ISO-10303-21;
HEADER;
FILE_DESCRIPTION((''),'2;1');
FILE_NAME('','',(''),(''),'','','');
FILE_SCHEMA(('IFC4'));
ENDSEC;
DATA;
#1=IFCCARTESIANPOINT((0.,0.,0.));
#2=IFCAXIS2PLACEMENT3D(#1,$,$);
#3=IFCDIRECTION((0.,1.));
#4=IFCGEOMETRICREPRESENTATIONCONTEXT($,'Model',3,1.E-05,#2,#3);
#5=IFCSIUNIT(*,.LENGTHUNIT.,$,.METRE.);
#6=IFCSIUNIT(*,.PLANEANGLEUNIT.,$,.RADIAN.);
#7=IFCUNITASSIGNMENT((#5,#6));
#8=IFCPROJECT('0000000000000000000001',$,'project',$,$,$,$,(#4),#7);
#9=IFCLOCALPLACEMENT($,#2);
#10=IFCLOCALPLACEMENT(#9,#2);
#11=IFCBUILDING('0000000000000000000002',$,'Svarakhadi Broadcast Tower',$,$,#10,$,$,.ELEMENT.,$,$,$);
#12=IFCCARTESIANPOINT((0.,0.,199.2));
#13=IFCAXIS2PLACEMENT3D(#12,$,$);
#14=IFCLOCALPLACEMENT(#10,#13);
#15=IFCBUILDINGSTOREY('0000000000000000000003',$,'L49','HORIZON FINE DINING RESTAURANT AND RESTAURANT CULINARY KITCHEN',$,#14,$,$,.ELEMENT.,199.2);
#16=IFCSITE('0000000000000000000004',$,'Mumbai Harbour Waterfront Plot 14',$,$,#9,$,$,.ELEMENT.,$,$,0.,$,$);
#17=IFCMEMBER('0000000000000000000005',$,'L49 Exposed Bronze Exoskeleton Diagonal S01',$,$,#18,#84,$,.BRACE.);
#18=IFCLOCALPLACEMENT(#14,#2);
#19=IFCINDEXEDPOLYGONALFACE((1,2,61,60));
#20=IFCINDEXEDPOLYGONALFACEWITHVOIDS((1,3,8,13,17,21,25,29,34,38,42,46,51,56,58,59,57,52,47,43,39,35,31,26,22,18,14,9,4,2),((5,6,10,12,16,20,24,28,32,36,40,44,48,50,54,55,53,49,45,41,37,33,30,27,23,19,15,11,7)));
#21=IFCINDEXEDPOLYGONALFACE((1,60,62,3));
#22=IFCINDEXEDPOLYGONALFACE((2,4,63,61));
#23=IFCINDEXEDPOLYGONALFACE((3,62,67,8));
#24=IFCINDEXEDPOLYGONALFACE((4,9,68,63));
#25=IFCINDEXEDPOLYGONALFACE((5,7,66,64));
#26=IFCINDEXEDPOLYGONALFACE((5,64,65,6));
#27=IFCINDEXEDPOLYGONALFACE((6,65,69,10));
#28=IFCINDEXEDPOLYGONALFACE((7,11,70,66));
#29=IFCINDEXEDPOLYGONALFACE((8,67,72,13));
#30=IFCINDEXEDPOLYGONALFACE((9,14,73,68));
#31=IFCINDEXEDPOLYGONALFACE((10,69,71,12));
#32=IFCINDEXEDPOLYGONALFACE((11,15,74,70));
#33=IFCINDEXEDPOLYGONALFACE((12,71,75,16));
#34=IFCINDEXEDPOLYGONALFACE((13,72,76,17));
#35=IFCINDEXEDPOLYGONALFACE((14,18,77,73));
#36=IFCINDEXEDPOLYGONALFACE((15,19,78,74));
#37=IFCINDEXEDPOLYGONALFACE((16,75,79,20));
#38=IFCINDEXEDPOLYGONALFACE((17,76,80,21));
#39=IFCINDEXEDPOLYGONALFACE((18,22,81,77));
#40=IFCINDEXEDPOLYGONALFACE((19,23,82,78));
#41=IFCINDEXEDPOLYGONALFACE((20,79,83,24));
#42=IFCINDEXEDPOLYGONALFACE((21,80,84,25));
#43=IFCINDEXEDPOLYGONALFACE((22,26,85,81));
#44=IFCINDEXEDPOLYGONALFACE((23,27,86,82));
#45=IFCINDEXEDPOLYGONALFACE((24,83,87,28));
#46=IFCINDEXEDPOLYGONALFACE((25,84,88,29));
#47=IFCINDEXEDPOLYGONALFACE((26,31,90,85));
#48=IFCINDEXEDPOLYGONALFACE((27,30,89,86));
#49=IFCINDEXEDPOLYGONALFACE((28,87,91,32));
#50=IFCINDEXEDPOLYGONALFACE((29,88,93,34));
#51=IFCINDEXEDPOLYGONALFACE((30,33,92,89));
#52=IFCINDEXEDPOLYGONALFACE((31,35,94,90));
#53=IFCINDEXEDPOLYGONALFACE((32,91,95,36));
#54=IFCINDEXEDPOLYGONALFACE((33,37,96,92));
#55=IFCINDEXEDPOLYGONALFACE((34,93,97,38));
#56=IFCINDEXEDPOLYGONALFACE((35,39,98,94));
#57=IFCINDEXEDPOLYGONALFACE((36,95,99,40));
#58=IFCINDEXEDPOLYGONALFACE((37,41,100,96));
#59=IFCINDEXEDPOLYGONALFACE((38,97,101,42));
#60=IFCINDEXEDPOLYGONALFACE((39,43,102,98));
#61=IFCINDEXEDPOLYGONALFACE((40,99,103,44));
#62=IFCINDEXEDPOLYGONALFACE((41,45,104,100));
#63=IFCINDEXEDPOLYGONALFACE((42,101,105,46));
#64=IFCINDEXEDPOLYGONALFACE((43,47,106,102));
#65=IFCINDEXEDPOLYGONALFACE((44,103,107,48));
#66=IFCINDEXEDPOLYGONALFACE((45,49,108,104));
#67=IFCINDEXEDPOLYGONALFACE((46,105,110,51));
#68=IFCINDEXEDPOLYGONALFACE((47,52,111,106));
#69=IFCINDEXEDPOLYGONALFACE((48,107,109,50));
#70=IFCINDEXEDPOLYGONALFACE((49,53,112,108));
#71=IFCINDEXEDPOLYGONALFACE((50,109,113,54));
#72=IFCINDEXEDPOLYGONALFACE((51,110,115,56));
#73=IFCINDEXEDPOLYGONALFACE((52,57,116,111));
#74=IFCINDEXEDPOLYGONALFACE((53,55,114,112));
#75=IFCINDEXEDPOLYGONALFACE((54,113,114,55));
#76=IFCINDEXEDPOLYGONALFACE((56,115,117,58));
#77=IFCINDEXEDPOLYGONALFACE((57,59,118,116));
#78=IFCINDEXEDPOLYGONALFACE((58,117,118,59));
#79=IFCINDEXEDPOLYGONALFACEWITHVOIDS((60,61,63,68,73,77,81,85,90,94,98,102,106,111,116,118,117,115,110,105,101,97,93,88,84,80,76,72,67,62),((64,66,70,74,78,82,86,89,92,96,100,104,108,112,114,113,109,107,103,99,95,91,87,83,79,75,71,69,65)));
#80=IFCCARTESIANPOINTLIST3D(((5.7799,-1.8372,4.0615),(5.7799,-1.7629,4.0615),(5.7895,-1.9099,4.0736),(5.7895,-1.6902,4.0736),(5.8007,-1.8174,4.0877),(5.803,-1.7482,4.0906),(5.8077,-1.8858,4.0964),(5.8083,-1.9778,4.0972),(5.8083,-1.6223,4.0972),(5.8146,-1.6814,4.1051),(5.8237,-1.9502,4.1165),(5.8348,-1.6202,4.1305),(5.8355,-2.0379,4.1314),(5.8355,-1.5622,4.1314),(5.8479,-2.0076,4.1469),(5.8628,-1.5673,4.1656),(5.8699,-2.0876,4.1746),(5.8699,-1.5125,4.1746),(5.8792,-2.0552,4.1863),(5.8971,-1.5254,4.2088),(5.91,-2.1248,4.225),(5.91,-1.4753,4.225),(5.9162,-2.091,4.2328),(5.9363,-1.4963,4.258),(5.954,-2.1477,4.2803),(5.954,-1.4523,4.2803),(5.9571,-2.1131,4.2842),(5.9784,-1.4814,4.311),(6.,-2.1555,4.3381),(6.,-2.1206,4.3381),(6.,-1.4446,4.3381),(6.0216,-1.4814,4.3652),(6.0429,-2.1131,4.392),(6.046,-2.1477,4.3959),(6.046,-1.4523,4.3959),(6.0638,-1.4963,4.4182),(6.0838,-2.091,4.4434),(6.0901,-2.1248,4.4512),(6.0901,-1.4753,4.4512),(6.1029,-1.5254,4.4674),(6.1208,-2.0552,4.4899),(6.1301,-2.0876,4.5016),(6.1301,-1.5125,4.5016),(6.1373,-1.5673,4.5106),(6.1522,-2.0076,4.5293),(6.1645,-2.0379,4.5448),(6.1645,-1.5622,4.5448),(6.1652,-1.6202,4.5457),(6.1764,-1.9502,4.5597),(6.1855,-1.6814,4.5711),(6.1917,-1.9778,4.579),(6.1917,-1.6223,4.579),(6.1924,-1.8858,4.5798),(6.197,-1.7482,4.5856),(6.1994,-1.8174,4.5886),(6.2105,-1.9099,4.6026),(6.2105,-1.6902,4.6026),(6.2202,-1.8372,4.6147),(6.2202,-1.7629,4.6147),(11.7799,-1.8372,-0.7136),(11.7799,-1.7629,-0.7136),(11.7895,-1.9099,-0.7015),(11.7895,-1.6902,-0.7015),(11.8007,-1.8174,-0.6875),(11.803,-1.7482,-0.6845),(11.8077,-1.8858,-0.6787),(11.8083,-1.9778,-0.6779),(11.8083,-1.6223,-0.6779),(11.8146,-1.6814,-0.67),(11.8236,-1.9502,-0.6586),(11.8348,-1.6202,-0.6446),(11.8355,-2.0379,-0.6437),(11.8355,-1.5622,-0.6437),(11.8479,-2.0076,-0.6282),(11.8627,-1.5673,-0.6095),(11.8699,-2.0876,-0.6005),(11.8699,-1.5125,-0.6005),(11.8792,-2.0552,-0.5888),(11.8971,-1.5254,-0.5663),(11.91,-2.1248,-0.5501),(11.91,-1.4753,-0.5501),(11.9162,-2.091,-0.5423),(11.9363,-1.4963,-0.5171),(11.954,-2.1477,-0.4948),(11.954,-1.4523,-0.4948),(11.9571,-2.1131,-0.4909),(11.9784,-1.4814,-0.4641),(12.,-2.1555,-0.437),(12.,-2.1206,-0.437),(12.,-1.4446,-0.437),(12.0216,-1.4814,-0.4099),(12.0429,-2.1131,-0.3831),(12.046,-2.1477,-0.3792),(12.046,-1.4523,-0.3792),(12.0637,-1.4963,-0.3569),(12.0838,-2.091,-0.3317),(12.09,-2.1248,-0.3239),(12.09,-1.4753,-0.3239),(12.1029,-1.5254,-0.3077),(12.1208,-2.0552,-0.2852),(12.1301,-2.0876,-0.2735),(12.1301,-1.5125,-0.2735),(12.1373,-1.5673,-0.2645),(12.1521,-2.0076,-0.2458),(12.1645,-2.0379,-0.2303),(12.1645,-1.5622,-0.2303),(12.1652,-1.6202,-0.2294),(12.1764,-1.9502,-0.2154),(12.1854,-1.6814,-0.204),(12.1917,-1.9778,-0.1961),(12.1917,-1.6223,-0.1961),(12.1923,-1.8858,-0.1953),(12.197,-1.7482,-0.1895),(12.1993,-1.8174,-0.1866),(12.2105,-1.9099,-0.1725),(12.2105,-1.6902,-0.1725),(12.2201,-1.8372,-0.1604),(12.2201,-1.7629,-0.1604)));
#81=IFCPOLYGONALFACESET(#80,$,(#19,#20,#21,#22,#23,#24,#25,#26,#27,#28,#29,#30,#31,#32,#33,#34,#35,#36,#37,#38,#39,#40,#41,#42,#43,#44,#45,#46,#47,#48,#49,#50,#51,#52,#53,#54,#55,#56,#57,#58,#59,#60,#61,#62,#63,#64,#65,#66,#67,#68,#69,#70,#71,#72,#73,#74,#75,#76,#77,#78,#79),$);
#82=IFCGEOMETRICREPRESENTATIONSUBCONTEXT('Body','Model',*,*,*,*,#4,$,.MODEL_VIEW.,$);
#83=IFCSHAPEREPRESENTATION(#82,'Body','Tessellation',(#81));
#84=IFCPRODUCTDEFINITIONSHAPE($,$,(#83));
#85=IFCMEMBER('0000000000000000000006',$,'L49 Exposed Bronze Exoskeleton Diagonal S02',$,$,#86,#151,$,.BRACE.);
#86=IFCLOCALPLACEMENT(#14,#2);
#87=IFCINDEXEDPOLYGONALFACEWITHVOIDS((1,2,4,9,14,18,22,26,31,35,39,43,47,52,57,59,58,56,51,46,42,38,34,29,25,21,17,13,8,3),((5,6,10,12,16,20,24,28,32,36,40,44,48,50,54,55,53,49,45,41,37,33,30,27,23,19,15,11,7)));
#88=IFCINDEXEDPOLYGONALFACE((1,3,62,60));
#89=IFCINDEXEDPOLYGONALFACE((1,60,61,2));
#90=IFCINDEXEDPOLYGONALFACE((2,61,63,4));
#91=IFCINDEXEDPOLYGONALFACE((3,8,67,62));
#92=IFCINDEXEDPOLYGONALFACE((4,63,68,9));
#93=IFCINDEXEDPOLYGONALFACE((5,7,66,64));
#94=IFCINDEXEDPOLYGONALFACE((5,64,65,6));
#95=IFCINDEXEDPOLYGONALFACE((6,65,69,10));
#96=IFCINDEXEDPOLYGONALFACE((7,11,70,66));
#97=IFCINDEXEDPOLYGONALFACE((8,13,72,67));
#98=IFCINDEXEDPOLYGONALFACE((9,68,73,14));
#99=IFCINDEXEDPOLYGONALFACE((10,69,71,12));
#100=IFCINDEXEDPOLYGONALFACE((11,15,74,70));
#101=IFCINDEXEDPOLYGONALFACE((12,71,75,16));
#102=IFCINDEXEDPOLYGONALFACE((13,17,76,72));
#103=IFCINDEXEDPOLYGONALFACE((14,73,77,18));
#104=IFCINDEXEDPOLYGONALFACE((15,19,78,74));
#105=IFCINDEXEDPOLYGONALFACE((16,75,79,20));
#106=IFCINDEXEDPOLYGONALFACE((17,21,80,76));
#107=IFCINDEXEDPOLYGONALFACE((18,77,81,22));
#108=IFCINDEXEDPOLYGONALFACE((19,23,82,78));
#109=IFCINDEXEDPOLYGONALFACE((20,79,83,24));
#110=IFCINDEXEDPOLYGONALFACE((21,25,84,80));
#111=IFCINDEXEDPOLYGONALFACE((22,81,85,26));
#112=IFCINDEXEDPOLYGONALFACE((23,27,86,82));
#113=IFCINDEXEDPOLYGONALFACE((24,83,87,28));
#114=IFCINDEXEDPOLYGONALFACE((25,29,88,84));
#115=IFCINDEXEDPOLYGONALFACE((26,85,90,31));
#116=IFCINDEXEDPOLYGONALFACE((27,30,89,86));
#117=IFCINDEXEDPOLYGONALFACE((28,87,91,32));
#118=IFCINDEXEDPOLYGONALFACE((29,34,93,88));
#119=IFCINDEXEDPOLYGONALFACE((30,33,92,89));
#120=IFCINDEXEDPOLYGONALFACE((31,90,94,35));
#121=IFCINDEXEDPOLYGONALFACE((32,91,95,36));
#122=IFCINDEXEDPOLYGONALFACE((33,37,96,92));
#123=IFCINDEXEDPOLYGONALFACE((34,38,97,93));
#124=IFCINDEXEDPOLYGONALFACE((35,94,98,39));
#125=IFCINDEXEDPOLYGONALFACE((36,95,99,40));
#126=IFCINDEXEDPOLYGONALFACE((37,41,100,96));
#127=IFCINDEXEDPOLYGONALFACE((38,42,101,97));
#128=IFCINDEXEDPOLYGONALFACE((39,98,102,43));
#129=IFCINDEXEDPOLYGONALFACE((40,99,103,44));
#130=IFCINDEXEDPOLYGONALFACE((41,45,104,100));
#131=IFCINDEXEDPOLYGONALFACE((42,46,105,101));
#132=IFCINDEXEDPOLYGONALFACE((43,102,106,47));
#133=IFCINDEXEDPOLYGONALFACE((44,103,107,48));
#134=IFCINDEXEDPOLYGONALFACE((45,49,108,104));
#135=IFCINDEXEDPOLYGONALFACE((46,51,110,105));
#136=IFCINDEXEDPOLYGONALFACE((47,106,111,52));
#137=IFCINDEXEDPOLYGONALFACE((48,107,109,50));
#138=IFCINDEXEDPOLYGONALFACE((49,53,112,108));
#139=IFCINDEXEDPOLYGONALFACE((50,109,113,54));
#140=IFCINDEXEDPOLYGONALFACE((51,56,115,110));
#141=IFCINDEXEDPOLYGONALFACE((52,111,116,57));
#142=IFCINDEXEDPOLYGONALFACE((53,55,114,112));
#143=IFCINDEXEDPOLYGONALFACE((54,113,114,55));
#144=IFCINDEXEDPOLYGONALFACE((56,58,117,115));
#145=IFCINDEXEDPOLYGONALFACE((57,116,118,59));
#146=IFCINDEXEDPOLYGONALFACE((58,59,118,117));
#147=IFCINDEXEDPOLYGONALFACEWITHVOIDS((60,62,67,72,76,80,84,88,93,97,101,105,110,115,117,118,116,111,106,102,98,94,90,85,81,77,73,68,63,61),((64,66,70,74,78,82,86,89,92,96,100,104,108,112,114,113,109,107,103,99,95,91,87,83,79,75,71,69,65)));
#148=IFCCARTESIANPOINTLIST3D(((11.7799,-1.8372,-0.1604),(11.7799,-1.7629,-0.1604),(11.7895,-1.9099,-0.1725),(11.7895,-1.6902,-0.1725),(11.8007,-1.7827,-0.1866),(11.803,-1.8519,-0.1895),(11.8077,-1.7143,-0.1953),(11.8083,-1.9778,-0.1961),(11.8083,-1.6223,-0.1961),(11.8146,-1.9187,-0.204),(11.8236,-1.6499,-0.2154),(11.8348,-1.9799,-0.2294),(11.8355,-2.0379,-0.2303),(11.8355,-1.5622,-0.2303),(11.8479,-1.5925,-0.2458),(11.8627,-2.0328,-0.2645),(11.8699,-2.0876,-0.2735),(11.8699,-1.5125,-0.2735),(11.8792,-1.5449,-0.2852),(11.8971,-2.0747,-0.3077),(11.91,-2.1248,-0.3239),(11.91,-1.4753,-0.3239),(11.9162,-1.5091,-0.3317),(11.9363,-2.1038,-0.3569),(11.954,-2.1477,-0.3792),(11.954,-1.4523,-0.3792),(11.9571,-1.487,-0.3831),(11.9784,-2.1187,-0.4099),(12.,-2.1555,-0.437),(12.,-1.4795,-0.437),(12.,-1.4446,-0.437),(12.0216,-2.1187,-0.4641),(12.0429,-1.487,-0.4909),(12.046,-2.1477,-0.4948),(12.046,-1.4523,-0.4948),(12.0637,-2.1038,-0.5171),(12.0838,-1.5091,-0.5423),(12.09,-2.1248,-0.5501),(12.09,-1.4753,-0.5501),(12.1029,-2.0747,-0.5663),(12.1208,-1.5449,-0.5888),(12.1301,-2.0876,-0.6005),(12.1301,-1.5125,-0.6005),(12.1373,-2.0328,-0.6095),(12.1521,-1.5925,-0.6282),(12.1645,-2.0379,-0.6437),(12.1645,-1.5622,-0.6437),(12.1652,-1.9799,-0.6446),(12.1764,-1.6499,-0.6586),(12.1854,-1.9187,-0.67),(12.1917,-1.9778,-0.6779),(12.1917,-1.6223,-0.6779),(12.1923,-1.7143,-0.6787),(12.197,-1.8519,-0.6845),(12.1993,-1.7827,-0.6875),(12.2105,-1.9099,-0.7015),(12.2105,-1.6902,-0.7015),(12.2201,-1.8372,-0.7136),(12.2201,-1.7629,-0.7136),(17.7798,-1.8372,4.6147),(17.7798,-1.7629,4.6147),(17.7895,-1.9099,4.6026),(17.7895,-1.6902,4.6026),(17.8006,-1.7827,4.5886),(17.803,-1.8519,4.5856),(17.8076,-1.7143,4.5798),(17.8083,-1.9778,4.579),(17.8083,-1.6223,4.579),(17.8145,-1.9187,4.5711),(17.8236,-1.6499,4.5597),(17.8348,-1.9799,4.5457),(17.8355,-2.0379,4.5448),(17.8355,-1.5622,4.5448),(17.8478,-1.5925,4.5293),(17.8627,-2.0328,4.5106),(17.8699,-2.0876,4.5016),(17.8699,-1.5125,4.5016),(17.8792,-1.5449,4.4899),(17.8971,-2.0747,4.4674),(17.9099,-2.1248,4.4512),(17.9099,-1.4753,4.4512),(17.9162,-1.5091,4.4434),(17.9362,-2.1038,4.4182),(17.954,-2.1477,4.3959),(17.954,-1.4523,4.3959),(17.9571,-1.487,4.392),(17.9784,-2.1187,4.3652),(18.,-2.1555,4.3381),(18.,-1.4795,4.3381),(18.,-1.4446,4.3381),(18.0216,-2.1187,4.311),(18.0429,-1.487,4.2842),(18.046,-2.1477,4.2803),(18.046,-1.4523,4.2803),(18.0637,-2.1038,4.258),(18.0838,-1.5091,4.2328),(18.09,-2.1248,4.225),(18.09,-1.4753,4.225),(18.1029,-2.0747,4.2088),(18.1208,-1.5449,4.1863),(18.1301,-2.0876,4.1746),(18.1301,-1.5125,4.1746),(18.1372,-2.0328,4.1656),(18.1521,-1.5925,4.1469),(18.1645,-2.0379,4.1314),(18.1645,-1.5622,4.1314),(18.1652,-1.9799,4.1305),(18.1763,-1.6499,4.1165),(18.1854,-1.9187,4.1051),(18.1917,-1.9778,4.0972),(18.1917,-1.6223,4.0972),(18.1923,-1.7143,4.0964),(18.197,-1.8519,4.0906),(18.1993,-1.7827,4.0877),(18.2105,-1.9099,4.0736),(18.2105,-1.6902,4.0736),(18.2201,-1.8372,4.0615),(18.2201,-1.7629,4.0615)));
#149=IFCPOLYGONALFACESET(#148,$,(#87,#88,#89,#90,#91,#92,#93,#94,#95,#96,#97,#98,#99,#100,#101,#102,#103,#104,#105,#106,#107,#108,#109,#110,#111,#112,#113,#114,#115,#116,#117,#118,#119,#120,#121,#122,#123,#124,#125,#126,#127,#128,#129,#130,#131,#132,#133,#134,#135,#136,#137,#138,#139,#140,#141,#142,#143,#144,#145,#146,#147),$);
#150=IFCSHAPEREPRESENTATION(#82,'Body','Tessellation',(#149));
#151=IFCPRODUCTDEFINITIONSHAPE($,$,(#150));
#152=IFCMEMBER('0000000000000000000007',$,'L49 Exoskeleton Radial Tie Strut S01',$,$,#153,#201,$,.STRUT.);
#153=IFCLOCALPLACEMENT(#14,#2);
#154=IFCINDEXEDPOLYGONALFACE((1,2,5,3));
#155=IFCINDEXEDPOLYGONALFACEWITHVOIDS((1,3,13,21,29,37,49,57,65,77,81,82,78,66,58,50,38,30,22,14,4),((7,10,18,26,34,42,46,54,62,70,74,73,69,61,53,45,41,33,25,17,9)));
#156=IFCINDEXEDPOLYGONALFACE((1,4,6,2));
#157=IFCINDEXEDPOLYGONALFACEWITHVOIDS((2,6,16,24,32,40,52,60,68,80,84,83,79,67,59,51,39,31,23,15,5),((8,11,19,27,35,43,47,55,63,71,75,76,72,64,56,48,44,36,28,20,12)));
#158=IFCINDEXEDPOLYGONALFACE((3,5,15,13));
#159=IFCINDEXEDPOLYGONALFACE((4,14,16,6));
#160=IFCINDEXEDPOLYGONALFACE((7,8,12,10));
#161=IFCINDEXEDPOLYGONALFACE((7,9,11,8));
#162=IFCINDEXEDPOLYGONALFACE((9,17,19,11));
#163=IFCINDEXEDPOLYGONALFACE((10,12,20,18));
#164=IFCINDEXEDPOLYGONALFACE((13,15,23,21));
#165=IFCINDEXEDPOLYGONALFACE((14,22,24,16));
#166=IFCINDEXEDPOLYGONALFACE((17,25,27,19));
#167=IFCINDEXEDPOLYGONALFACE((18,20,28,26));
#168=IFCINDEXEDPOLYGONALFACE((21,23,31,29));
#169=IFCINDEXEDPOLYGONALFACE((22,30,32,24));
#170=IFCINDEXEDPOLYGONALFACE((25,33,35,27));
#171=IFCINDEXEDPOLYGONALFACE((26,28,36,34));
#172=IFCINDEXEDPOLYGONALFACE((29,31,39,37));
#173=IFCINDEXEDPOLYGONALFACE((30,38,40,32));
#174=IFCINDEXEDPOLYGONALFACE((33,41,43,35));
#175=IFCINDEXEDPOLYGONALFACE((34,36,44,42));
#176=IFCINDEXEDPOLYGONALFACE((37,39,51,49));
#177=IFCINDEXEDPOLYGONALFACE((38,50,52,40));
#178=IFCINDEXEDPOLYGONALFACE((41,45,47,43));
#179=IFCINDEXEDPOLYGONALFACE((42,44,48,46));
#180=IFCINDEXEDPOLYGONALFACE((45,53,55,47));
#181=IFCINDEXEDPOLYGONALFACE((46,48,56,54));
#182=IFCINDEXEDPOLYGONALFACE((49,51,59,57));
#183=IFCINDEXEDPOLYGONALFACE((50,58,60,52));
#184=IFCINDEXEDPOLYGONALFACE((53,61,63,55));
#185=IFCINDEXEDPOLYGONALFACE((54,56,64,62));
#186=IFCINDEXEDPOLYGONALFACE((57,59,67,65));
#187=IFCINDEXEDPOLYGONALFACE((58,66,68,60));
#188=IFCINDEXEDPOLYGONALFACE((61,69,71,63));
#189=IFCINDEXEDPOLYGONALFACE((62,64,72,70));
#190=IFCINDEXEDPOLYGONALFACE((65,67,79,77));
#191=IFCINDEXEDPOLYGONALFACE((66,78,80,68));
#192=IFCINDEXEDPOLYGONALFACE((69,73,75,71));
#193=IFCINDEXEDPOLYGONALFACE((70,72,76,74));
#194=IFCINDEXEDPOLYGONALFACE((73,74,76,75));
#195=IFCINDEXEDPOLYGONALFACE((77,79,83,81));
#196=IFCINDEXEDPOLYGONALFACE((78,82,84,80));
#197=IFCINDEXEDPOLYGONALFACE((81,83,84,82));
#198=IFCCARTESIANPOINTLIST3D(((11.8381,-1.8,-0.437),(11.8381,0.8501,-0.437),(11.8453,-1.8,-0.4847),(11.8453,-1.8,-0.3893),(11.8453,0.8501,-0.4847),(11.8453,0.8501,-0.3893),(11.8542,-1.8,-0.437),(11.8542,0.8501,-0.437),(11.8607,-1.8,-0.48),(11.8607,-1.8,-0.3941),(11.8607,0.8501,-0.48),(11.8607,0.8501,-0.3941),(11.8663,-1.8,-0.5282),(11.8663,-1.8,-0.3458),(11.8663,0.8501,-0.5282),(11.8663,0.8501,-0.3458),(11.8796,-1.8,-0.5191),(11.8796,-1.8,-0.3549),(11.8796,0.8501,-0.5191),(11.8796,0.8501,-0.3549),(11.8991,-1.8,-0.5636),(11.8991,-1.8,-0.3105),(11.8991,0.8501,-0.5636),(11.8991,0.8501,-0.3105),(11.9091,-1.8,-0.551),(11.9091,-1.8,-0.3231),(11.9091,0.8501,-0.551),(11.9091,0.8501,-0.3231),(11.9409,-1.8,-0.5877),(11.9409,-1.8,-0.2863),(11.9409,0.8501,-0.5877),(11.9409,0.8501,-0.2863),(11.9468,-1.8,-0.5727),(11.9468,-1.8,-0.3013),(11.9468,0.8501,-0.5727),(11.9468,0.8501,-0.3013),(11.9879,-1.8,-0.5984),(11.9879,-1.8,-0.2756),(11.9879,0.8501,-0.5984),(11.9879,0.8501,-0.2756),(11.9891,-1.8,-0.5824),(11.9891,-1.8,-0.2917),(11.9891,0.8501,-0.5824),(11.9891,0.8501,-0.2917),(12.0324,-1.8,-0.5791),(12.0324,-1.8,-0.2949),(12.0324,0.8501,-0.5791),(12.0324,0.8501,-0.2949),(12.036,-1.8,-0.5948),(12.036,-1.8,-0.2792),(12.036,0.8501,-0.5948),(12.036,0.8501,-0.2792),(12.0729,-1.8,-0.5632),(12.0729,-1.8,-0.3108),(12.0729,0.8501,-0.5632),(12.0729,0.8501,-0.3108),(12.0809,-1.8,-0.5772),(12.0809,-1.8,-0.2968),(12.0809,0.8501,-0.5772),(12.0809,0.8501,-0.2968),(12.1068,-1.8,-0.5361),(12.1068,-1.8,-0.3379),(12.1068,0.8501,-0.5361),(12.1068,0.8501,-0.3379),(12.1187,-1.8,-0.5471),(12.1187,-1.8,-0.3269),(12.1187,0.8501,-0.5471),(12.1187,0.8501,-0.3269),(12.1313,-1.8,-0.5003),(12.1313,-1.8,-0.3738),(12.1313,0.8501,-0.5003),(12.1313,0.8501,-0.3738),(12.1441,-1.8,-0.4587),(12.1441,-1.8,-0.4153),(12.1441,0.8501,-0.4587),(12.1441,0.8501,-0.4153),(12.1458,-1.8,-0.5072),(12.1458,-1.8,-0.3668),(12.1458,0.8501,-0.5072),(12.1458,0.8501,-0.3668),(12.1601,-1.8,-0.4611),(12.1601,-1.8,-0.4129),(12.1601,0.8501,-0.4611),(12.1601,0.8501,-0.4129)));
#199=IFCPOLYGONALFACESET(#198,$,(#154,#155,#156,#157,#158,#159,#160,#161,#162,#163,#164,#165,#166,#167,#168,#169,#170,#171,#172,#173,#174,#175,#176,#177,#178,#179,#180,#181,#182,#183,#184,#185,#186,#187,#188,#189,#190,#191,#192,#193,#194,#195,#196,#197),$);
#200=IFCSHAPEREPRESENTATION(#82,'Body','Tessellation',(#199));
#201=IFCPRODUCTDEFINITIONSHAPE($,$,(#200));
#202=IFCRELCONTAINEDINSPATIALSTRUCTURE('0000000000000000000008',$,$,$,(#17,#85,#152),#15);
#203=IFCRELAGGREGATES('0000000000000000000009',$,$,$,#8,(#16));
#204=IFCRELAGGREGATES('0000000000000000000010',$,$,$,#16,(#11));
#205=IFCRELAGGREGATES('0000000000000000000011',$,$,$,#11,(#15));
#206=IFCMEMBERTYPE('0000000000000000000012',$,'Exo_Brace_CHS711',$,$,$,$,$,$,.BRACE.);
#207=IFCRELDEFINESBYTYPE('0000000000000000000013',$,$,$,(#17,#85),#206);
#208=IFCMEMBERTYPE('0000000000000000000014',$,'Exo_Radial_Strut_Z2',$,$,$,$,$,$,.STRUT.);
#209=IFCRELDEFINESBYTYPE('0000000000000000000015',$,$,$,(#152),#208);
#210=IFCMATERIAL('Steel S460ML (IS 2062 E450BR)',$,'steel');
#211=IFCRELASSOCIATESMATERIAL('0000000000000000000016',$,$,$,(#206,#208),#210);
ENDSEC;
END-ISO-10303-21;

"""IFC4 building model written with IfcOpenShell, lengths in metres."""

from ifc_helpers import new_model, si_unit, direction, frame, origin, origin_2d, place, context, subcontext, project, spatial, hollow_circle, extrude, material, material_profile, profile_set, type_object, element, save


model = new_model("IFC4")

# Units and contexts
model_context = context("Model", 3, precision=1e-05, world=origin(), true_north=direction((0.0, 1.0)))
body_context = subcontext(model_context, "Body", "Model", "MODEL_VIEW")
ifc_project = project(units=[si_unit("LENGTHUNIT", "METRE"), si_unit("PLANEANGLEUNIT", "RADIAN")], contexts=[model_context])

# Site, building, storey
site_placement = place(None, origin())
site = spatial("IfcSite", under=ifc_project, at=site_placement, Name="Mumbai Harbour Waterfront Plot 14", CompositionType="ELEMENT", RefElevation=0.0)
building_placement = place(site_placement, origin())
building = spatial("IfcBuilding", under=site, at=building_placement, Name="Svarakhadi Broadcast Tower", CompositionType="ELEMENT")
storey_placement = place(building_placement, frame((0.0, 0.0, 199.2)))
storey = spatial("IfcBuildingStorey", under=building, at=storey_placement, Name="L49", Description="HORIZON FINE DINING RESTAURANT AND RESTAURANT CULINARY KITCHEN", CompositionType="ELEMENT", Elevation=199.2)

# Shared definitions
ifc_material_1 = material(Name="Steel S460ML (IS 2062 E450BR)", Category="steel")

# Members
ifc_material_profile_1 = material_profile(ifc_material_1, hollow_circle(Radius=0.3555, WallThickness=0.0349, at=origin_2d()), Name="CHS 711x35")
ifc_profile_set_1 = profile_set([ifc_material_profile_1], Name="Steel S460ML (IS 2062 E450BR)")
member_type_1 = type_object("IfcMemberType", Name="Exo_Brace_CHS711", PredefinedType="BRACE", material=ifc_profile_set_1)
for number, where, z_axis, x_axis, name in (
    (1, (12.0, -1.8, -0.437), (-0.782447, 0.0, 0.622717), (0.0, -1.0, 0.0), "L49 Exposed Bronze Exoskeleton Diagonal S01"),
    (2, (12.0, -1.8, -0.437), (0.782447, 0.0, 0.622717), (0.0, 1.0, 0.0), "L49 Exposed Bronze Exoskeleton Diagonal S02"),
):
    element("IfcMember", number, at=place(storey_placement, frame(where, z_axis=z_axis, x_axis=x_axis)), inside=storey, type_object=member_type_1, Name=name, PredefinedType="BRACE", context=body_context, shape_type="SweptSolid", body=[
        extrude(hollow_circle(Radius=0.3555, WallThickness=0.0349, at=origin_2d()), origin(), (0.0, 0.0, 1.0), 7.6682),
    ])
ifc_material_profile_2 = material_profile(ifc_material_1, hollow_circle(Radius=0.1619, WallThickness=0.0161, at=origin_2d()), Name="CHS 323.9x16")
ifc_profile_set_2 = profile_set([ifc_material_profile_2], Name="Steel S460ML (IS 2062 E450BR)")
member_type_2 = type_object("IfcMemberType", Name="Exo_Radial_Strut_Z2", PredefinedType="STRUT", material=ifc_profile_set_2)
member_1_placement = place(storey_placement, frame((12.0, -1.8, -0.437), z_axis=(0.0, 1.0, 0.0), x_axis=(-1.0, 0.0, 0.0)))
element("IfcMember", 3, at=member_1_placement, inside=storey, type_object=member_type_2, Name="L49 Exoskeleton Radial Tie Strut S01", PredefinedType="STRUT", context=body_context, shape_type="SweptSolid", body=[
    extrude(hollow_circle(Radius=0.1619, WallThickness=0.0161, at=origin_2d()), origin(), (0.0, 0.0, 1.0), 2.6501),
])

save(model, "model.ifc")
